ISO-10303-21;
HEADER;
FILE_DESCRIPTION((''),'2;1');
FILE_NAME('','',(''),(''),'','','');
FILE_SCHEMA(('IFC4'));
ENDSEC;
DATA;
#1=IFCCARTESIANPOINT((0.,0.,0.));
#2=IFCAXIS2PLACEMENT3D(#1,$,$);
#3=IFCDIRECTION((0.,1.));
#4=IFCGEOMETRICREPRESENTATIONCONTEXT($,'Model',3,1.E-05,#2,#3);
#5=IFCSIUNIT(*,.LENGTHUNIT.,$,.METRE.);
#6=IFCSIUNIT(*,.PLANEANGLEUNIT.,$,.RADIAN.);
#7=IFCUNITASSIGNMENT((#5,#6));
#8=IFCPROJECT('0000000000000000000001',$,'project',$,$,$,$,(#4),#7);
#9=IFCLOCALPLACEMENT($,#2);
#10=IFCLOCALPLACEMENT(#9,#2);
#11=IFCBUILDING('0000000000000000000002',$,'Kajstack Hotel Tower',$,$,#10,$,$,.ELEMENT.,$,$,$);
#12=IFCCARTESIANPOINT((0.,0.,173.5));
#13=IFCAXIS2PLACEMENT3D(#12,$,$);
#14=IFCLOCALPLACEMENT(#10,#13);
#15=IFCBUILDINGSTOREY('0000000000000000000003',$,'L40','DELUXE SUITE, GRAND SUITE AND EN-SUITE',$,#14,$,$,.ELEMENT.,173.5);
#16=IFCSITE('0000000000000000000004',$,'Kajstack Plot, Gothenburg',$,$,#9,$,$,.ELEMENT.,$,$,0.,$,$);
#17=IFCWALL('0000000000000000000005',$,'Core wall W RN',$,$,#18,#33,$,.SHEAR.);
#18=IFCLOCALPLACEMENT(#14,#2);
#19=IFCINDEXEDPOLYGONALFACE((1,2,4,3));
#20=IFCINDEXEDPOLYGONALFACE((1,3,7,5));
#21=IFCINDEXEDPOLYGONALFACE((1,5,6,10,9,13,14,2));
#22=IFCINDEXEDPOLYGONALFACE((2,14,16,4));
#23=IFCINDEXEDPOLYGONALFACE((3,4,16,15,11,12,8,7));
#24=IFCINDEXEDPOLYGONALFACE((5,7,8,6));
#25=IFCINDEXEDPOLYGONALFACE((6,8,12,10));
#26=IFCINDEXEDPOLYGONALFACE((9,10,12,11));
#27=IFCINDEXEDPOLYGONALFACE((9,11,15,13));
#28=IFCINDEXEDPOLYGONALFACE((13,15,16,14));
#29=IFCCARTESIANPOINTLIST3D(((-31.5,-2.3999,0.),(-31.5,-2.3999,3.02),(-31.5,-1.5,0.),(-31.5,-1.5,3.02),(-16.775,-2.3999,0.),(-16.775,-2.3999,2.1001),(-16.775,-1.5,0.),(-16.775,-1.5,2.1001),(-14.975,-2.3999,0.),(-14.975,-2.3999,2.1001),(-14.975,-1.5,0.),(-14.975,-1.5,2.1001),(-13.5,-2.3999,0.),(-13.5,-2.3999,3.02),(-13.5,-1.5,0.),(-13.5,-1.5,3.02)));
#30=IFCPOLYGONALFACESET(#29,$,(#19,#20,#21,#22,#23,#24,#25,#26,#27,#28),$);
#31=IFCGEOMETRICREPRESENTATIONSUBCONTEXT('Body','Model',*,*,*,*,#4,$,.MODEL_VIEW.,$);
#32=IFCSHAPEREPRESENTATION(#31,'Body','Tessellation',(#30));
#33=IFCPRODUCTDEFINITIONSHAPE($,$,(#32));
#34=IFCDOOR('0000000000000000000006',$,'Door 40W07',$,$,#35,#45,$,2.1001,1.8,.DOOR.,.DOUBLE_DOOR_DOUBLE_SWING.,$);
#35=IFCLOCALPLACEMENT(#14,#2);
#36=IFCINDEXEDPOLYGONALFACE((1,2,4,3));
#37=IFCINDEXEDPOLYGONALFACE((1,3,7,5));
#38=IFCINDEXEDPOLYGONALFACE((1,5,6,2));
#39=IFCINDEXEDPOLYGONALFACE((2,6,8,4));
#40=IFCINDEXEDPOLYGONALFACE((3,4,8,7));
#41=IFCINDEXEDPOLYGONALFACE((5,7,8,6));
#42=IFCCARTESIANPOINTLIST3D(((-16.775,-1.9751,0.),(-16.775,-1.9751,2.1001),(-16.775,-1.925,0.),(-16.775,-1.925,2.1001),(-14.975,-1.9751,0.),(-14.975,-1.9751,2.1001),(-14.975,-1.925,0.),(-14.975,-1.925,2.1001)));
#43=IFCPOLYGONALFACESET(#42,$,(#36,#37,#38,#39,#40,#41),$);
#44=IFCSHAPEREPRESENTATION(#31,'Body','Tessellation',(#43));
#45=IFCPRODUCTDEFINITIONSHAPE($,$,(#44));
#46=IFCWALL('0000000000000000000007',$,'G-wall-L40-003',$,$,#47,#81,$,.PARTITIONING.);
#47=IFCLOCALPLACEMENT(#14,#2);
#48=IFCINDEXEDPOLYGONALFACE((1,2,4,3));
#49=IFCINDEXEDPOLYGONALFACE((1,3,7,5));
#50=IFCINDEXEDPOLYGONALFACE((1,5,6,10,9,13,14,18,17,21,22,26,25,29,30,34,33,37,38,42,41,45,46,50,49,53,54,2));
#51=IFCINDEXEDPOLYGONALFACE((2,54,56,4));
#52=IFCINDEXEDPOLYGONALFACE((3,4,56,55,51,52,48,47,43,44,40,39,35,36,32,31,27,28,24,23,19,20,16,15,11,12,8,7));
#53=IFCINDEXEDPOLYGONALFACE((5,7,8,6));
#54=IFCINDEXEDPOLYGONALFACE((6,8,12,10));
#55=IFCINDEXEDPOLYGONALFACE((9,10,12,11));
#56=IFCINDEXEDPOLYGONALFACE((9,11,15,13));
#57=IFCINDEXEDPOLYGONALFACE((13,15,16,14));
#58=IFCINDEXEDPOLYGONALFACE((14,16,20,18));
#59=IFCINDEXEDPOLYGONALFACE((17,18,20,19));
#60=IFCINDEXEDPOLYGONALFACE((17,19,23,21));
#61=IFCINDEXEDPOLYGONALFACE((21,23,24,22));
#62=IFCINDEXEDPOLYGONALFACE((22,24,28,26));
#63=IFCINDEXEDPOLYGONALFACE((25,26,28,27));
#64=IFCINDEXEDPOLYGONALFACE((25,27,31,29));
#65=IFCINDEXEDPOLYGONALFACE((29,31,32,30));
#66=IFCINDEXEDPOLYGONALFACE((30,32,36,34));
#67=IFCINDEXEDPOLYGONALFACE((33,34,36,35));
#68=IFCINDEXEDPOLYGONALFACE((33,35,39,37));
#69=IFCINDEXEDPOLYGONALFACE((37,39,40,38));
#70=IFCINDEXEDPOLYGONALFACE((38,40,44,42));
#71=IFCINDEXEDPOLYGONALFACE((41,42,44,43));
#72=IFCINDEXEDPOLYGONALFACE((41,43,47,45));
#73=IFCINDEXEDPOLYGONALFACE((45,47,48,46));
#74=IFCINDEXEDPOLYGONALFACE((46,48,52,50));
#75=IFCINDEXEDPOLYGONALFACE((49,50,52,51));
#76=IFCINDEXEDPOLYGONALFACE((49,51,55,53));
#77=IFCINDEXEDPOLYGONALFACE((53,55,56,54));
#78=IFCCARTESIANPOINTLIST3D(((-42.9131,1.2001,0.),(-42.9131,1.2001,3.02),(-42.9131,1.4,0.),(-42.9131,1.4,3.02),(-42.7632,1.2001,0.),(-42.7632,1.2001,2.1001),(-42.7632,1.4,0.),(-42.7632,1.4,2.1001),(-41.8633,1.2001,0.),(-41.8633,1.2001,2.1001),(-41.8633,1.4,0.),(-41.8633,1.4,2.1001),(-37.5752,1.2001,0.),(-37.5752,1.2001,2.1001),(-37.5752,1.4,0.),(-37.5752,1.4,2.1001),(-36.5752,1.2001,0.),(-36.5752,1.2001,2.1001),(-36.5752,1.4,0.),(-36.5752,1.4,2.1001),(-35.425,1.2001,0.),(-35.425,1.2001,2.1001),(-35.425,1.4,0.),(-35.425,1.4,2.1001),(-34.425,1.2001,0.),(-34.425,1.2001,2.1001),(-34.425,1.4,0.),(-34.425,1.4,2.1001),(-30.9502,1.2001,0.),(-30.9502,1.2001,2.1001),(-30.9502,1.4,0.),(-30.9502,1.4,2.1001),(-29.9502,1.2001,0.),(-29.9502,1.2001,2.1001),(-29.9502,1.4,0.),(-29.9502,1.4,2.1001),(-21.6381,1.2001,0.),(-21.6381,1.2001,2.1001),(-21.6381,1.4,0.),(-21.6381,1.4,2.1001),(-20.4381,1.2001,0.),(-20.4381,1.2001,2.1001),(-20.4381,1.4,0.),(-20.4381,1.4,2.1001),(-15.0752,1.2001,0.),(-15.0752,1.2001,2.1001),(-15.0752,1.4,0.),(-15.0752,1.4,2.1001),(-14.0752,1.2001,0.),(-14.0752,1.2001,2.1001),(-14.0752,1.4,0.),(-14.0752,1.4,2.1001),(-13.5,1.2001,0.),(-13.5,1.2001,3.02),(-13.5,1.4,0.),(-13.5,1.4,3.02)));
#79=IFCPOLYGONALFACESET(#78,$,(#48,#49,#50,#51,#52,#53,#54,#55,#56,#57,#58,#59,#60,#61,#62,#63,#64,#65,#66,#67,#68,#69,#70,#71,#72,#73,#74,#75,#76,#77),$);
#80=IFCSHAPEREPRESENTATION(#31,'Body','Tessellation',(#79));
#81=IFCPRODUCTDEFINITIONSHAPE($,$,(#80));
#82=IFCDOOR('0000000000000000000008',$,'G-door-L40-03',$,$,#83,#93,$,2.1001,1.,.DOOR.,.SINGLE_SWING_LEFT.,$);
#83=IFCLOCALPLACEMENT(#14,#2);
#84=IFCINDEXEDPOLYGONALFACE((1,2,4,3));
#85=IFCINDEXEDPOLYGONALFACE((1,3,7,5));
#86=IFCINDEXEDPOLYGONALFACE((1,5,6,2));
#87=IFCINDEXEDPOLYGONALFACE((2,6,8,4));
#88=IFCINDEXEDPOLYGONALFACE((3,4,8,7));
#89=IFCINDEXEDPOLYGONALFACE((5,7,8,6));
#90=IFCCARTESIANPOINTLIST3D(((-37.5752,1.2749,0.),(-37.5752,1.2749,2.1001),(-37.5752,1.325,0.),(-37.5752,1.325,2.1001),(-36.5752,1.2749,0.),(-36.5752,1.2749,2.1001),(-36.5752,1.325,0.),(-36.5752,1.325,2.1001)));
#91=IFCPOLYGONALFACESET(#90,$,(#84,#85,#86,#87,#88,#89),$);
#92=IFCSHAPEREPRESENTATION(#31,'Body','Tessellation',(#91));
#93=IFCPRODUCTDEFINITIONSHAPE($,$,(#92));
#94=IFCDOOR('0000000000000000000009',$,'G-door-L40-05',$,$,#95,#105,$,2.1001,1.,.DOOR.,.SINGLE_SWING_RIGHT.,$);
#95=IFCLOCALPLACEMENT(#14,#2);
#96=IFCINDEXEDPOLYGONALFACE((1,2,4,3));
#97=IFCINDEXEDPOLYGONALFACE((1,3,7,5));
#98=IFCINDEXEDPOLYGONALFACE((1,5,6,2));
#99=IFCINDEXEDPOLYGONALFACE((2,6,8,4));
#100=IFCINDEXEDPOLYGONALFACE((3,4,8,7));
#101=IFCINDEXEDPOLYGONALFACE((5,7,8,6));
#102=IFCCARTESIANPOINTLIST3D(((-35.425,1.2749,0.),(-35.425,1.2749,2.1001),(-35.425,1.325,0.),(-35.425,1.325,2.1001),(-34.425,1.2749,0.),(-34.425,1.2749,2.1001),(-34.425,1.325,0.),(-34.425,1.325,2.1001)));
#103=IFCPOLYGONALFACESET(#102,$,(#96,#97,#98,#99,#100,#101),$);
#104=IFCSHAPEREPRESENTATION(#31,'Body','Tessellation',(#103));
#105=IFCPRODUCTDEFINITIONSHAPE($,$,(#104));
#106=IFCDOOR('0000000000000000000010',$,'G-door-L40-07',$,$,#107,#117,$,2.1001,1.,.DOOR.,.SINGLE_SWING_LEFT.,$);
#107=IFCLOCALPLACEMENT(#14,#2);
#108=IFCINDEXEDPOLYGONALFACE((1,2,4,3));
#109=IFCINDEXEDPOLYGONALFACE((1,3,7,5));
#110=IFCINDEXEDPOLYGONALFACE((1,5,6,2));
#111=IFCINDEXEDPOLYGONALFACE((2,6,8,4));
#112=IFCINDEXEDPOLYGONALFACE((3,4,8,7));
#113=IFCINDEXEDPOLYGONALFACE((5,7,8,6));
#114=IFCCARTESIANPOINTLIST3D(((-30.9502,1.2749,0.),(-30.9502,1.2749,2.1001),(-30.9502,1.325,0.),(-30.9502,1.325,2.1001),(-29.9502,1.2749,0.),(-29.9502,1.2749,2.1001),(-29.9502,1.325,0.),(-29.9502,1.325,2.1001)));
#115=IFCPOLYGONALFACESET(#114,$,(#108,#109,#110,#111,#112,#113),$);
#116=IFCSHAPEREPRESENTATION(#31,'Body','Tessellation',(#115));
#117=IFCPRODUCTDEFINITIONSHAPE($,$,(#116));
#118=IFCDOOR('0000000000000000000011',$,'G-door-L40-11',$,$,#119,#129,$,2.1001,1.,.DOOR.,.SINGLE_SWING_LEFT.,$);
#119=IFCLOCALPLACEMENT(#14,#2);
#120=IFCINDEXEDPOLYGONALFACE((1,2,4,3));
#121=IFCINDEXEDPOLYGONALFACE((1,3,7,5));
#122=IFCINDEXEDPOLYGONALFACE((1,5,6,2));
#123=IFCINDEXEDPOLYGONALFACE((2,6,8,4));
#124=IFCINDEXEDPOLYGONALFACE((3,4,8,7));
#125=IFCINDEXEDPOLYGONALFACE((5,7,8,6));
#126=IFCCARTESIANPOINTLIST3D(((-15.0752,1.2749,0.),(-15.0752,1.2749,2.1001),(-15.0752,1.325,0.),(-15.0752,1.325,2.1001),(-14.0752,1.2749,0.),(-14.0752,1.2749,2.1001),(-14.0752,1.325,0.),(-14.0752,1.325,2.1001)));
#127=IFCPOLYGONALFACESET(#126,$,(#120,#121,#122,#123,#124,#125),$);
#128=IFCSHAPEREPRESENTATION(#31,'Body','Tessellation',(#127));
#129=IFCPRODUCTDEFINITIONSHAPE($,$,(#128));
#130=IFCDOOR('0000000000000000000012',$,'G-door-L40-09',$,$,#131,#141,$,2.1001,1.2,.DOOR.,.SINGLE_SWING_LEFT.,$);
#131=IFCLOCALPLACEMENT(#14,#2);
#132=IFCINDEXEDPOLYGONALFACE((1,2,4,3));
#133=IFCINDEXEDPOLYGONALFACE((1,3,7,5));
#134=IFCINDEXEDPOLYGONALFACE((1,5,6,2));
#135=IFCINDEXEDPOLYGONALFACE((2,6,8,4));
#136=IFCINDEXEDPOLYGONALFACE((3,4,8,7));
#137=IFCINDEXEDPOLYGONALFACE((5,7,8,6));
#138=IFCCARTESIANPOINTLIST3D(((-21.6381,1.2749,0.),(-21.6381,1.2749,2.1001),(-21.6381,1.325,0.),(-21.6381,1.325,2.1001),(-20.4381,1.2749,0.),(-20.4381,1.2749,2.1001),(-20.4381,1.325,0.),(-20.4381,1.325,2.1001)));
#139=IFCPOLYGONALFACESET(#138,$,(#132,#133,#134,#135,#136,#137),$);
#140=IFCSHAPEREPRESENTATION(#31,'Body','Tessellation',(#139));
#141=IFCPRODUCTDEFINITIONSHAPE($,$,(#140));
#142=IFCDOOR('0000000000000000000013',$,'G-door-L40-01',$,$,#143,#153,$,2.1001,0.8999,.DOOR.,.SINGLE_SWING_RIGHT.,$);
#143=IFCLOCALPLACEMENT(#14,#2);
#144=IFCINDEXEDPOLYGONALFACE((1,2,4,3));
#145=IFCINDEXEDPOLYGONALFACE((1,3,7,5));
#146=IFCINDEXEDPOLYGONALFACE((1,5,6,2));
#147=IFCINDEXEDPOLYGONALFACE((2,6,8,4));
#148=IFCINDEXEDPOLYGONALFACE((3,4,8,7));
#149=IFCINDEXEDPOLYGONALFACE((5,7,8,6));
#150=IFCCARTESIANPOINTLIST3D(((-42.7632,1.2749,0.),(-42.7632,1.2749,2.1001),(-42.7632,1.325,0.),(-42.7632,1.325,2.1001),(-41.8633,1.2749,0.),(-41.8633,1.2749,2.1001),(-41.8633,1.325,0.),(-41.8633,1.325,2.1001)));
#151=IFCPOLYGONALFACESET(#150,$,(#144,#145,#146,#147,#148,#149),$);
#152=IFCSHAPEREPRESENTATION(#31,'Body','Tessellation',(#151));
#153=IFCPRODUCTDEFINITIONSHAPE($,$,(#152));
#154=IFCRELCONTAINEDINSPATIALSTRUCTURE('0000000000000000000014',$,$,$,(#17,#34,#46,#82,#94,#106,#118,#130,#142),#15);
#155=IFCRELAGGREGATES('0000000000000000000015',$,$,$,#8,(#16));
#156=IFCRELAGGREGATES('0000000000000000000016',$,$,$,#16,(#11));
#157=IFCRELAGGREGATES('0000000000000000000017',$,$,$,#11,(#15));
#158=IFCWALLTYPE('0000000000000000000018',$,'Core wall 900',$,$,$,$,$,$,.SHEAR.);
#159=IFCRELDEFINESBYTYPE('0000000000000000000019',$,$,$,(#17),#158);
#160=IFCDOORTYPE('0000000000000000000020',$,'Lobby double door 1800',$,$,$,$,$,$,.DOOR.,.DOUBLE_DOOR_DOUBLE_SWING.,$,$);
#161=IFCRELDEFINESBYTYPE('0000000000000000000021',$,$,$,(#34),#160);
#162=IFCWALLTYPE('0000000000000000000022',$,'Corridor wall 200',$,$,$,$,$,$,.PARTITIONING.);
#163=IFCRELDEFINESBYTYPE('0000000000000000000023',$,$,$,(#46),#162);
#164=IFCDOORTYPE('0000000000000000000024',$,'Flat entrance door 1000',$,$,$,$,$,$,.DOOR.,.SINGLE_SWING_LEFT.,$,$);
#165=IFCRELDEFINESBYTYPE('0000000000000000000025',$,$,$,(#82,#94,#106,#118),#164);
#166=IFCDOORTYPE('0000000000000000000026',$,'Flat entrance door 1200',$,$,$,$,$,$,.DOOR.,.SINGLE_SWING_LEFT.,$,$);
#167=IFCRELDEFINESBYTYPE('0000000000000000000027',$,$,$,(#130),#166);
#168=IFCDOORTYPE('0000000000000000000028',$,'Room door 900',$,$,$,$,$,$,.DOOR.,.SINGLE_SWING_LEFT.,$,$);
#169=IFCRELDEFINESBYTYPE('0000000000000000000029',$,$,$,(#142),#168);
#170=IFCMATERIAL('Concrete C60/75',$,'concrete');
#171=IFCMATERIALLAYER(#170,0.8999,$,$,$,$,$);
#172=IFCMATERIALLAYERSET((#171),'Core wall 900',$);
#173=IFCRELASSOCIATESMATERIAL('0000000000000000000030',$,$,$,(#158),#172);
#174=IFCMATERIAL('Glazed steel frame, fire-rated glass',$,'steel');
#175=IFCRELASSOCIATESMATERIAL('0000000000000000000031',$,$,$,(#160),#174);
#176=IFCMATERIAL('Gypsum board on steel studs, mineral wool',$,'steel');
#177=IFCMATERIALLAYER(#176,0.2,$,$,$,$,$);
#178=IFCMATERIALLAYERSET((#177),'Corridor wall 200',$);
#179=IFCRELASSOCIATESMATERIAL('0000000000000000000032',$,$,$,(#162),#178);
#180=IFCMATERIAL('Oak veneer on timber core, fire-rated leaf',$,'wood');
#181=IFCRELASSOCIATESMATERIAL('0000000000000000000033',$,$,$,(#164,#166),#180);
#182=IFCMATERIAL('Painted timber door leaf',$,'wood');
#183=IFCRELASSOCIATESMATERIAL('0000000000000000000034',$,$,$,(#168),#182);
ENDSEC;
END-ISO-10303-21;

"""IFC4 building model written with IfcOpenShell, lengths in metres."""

from ifc_helpers import new_model, si_unit, direction, frame, frame_2d, origin, place, context, subcontext, project, spatial, rectangle, extrude, material, layer, layer_set, type_object, element, fill, save


model = new_model("IFC4")

# Units and contexts
model_context = context("Model", 3, precision=1e-05, world=origin(), true_north=direction((0.0, 1.0)))
body_context = subcontext(model_context, "Body", "Model", "MODEL_VIEW")
ifc_project = project(units=[si_unit("LENGTHUNIT", "METRE"), si_unit("PLANEANGLEUNIT", "RADIAN")], contexts=[model_context])

# Site, building, storey
site_placement = place(None, origin())
site = spatial("IfcSite", under=ifc_project, at=site_placement, Name="Kajstack Plot, Gothenburg", CompositionType="ELEMENT", RefElevation=0.0)
building_placement = place(site_placement, origin())
building = spatial("IfcBuilding", under=site, at=building_placement, Name="Kajstack Hotel Tower", CompositionType="ELEMENT")
storey_placement = place(building_placement, frame((0.0, 0.0, 173.5)))
storey = spatial("IfcBuildingStorey", under=building, at=storey_placement, Name="L40", Description="DELUXE SUITE, GRAND SUITE AND EN-SUITE", CompositionType="ELEMENT", Elevation=173.5)

# Wall, opening, door
ifc_material_1 = material(Name="Concrete C60/75", Category="concrete")
ifc_layer_1 = layer(ifc_material_1, 0.8999)
ifc_layer_set_1 = layer_set([ifc_layer_1], Name="Core wall 900")
wall_type_1 = type_object("IfcWallType", Name="Core wall 900", PredefinedType="SHEAR", material=ifc_layer_set_1)
wall_1_placement = place(storey_placement, frame((-31.5, -1.95, 0.0), z_axis=(0.0, 0.0, 1.0), x_axis=(1.0, 0.0, 0.0)))
wall_1 = element("IfcWall", 1, at=wall_1_placement, inside=storey, type_object=wall_type_1, Name="Core wall W RN", PredefinedType="SHEAR", context=body_context, shape_type="SweptSolid", body=[
    extrude(rectangle(XDim=18.0, YDim=0.8999, at=frame_2d((9.0, 0.0))), origin(), (0.0, 0.0, 1.0), 3.02),
])
opening_1_placement = place(wall_1_placement, frame((14.7251, 0.0, 0.0)))
opening_1 = element("IfcOpeningElement", 2, at=opening_1_placement, cuts=wall_1, PredefinedType="OPENING", context=body_context, shape_type="SweptSolid", body=[
    extrude(rectangle(XDim=1.8, YDim=2.1001, at=frame_2d((0.8999, 1.05))), frame((0.0, 0.46, 0.0), z_axis=(0.0, -1.0, 0.0), x_axis=(1.0, 0.0, 0.0)), (0.0, 0.0, 1.0), 0.9199),
])
ifc_material_2 = material(Name="Glazed steel frame, fire-rated glass", Category="steel")
door_type_1 = type_object("IfcDoorType", Name="Lobby double door 1800", OperationType="DOUBLE_DOOR_DOUBLE_SWING", PredefinedType="DOOR", material=ifc_material_2)
door_1_placement = place(opening_1_placement, origin())
door_1 = element("IfcDoor", 3, at=door_1_placement, inside=storey, type_object=door_type_1, Name="Door 40W07", OperationType="DOUBLE_DOOR_DOUBLE_SWING", OverallHeight=2.1001, OverallWidth=1.8, PredefinedType="DOOR", context=body_context, shape_type="SweptSolid", body=[
    extrude(rectangle(XDim=1.8, YDim=2.1001, at=frame_2d((0.8999, 1.05))), frame((0.0, 0.0249, 0.0), z_axis=(0.0, -1.0, 0.0), x_axis=(1.0, 0.0, 0.0)), (0.0, 0.0, 1.0), 0.05),
])
fill(opening_1, door_1)

# Wall, openings, doors
ifc_material_3 = material(Name="Gypsum board on steel studs, mineral wool", Category="steel")
ifc_layer_2 = layer(ifc_material_3, 0.2)
ifc_layer_set_2 = layer_set([ifc_layer_2], Name="Corridor wall 200")
wall_type_2 = type_object("IfcWallType", Name="Corridor wall 200", PredefinedType="PARTITIONING", material=ifc_layer_set_2)
wall_2_placement = place(storey_placement, frame((-42.9131, 1.3, 0.0), z_axis=(0.0, 0.0, 1.0), x_axis=(1.0, 0.0, 0.0)))
wall_2 = element("IfcWall", 4, at=wall_2_placement, inside=storey, type_object=wall_type_2, Name="G-wall-L40-003", PredefinedType="PARTITIONING", context=body_context, shape_type="SweptSolid", body=[
    extrude(rectangle(XDim=29.4131, YDim=0.2, at=frame_2d((14.7065, 0.0))), origin(), (0.0, 0.0, 1.0), 3.02),
])
opening_2_placement = place(wall_2_placement, frame((0.1499, 0.0, 0.0)))
opening_2 = element("IfcOpeningElement", 5, at=opening_2_placement, cuts=wall_2, PredefinedType="OPENING", context=body_context, shape_type="SweptSolid", body=[
    extrude(rectangle(XDim=0.8999, YDim=2.1001, at=frame_2d((0.45, 1.05))), frame((0.0, 0.1099, 0.0), z_axis=(0.0, -1.0, 0.0), x_axis=(1.0, 0.0, 0.0)), (0.0, 0.0, 1.0), 0.22),
])
opening_3_placement = place(wall_2_placement, frame((5.3379, 0.0, 0.0)))
opening_3 = element("IfcOpeningElement", 6, at=opening_3_placement, cuts=wall_2, PredefinedType="OPENING", context=body_context, shape_type="SweptSolid", body=[
    extrude(rectangle(XDim=1.0, YDim=2.1001, at=frame_2d((0.5, 1.05))), frame((0.0, 0.1099, 0.0), z_axis=(0.0, -1.0, 0.0), x_axis=(1.0, 0.0, 0.0)), (0.0, 0.0, 1.0), 0.22),
])
opening_4_placement = place(wall_2_placement, frame((7.488, 0.0, 0.0)))
opening_4 = element("IfcOpeningElement", 7, at=opening_4_placement, cuts=wall_2, PredefinedType="OPENING", context=body_context, shape_type="SweptSolid", body=[
    extrude(rectangle(XDim=1.0, YDim=2.1001, at=frame_2d((0.5, 1.05))), frame((0.0, 0.1099, 0.0), z_axis=(0.0, -1.0, 0.0), x_axis=(1.0, 0.0, 0.0)), (0.0, 0.0, 1.0), 0.22),
])
opening_5_placement = place(wall_2_placement, frame((11.9629, 0.0, 0.0)))
opening_5 = element("IfcOpeningElement", 8, at=opening_5_placement, cuts=wall_2, PredefinedType="OPENING", context=body_context, shape_type="SweptSolid", body=[
    extrude(rectangle(XDim=1.0, YDim=2.1001, at=frame_2d((0.5, 1.05))), frame((0.0, 0.1099, 0.0), z_axis=(0.0, -1.0, 0.0), x_axis=(1.0, 0.0, 0.0)), (0.0, 0.0, 1.0), 0.22),
])
opening_6_placement = place(wall_2_placement, frame((21.2749, 0.0, 0.0)))
opening_6 = element("IfcOpeningElement", 9, at=opening_6_placement, cuts=wall_2, PredefinedType="OPENING", context=body_context, shape_type="SweptSolid", body=[
    extrude(rectangle(XDim=1.2, YDim=2.1001, at=frame_2d((0.6001, 1.05))), frame((0.0, 0.1099, 0.0), z_axis=(0.0, -1.0, 0.0), x_axis=(1.0, 0.0, 0.0)), (0.0, 0.0, 1.0), 0.22),
])
opening_7_placement = place(wall_2_placement, frame((27.8379, 0.0, 0.0)))
opening_7 = element("IfcOpeningElement", 10, at=opening_7_placement, cuts=wall_2, PredefinedType="OPENING", context=body_context, shape_type="SweptSolid", body=[
    extrude(rectangle(XDim=1.0, YDim=2.1001, at=frame_2d((0.5, 1.05))), frame((0.0, 0.1099, 0.0), z_axis=(0.0, -1.0, 0.0), x_axis=(1.0, 0.0, 0.0)), (0.0, 0.0, 1.0), 0.22),
])
ifc_material_4 = material(Name="Oak veneer on timber core, fire-rated leaf", Category="wood")
door_type_2 = type_object("IfcDoorType", Name="Flat entrance door 1000", OperationType="SINGLE_SWING_LEFT", PredefinedType="DOOR", material=ifc_material_4)
door_2_placement = place(opening_3_placement, origin())
door_2 = element("IfcDoor", 11, at=door_2_placement, inside=storey, type_object=door_type_2, Name="G-door-L40-03", OperationType="SINGLE_SWING_LEFT", OverallHeight=2.1001, OverallWidth=1.0, PredefinedType="DOOR", context=body_context, shape_type="SweptSolid", body=[
    extrude(rectangle(XDim=1.0, YDim=2.1001, at=frame_2d((0.5, 1.05))), frame((0.0, 0.0249, 0.0), z_axis=(0.0, -1.0, 0.0), x_axis=(1.0, 0.0, 0.0)), (0.0, 0.0, 1.0), 0.05),
])
fill(opening_3, door_2)
door_3_placement = place(opening_4_placement, origin())
door_3 = element("IfcDoor", 12, at=door_3_placement, inside=storey, type_object=door_type_2, Name="G-door-L40-05", OperationType="SINGLE_SWING_RIGHT", OverallHeight=2.1001, OverallWidth=1.0, PredefinedType="DOOR", context=body_context, shape_type="SweptSolid", body=[
    extrude(rectangle(XDim=1.0, YDim=2.1001, at=frame_2d((0.5, 1.05))), frame((0.0, 0.0249, 0.0), z_axis=(0.0, -1.0, 0.0), x_axis=(1.0, 0.0, 0.0)), (0.0, 0.0, 1.0), 0.05),
])
fill(opening_4, door_3)
door_4_placement = place(opening_5_placement, origin())
door_4 = element("IfcDoor", 13, at=door_4_placement, inside=storey, type_object=door_type_2, Name="G-door-L40-07", OperationType="SINGLE_SWING_LEFT", OverallHeight=2.1001, OverallWidth=1.0, PredefinedType="DOOR", context=body_context, shape_type="SweptSolid", body=[
    extrude(rectangle(XDim=1.0, YDim=2.1001, at=frame_2d((0.5, 1.05))), frame((0.0, 0.0249, 0.0), z_axis=(0.0, -1.0, 0.0), x_axis=(1.0, 0.0, 0.0)), (0.0, 0.0, 1.0), 0.05),
])
fill(opening_5, door_4)
door_5_placement = place(opening_7_placement, origin())
door_5 = element("IfcDoor", 14, at=door_5_placement, inside=storey, type_object=door_type_2, Name="G-door-L40-11", OperationType="SINGLE_SWING_LEFT", OverallHeight=2.1001, OverallWidth=1.0, PredefinedType="DOOR", context=body_context, shape_type="SweptSolid", body=[
    extrude(rectangle(XDim=1.0, YDim=2.1001, at=frame_2d((0.5, 1.05))), frame((0.0, 0.0249, 0.0), z_axis=(0.0, -1.0, 0.0), x_axis=(1.0, 0.0, 0.0)), (0.0, 0.0, 1.0), 0.05),
])
fill(opening_7, door_5)
door_type_3 = type_object("IfcDoorType", Name="Flat entrance door 1200", OperationType="SINGLE_SWING_LEFT", PredefinedType="DOOR", material=ifc_material_4)
door_6_placement = place(opening_6_placement, origin())
door_6 = element("IfcDoor", 15, at=door_6_placement, inside=storey, type_object=door_type_3, Name="G-door-L40-09", OperationType="SINGLE_SWING_LEFT", OverallHeight=2.1001, OverallWidth=1.2, PredefinedType="DOOR", context=body_context, shape_type="SweptSolid", body=[
    extrude(rectangle(XDim=1.2, YDim=2.1001, at=frame_2d((0.6001, 1.05))), frame((0.0, 0.0249, 0.0), z_axis=(0.0, -1.0, 0.0), x_axis=(1.0, 0.0, 0.0)), (0.0, 0.0, 1.0), 0.05),
])
fill(opening_6, door_6)
ifc_material_5 = material(Name="Painted timber door leaf", Category="wood")
door_type_4 = type_object("IfcDoorType", Name="Room door 900", OperationType="SINGLE_SWING_LEFT", PredefinedType="DOOR", material=ifc_material_5)
door_7_placement = place(opening_2_placement, origin())
door_7 = element("IfcDoor", 16, at=door_7_placement, inside=storey, type_object=door_type_4, Name="G-door-L40-01", OperationType="SINGLE_SWING_RIGHT", OverallHeight=2.1001, OverallWidth=0.8999, PredefinedType="DOOR", context=body_context, shape_type="SweptSolid", body=[
    extrude(rectangle(XDim=0.8999, YDim=2.1001, at=frame_2d((0.45, 1.05))), frame((0.0, 0.0249, 0.0), z_axis=(0.0, -1.0, 0.0), x_axis=(1.0, 0.0, 0.0)), (0.0, 0.0, 1.0), 0.05),
])
fill(opening_2, door_7)

save(model, "model.ifc")
